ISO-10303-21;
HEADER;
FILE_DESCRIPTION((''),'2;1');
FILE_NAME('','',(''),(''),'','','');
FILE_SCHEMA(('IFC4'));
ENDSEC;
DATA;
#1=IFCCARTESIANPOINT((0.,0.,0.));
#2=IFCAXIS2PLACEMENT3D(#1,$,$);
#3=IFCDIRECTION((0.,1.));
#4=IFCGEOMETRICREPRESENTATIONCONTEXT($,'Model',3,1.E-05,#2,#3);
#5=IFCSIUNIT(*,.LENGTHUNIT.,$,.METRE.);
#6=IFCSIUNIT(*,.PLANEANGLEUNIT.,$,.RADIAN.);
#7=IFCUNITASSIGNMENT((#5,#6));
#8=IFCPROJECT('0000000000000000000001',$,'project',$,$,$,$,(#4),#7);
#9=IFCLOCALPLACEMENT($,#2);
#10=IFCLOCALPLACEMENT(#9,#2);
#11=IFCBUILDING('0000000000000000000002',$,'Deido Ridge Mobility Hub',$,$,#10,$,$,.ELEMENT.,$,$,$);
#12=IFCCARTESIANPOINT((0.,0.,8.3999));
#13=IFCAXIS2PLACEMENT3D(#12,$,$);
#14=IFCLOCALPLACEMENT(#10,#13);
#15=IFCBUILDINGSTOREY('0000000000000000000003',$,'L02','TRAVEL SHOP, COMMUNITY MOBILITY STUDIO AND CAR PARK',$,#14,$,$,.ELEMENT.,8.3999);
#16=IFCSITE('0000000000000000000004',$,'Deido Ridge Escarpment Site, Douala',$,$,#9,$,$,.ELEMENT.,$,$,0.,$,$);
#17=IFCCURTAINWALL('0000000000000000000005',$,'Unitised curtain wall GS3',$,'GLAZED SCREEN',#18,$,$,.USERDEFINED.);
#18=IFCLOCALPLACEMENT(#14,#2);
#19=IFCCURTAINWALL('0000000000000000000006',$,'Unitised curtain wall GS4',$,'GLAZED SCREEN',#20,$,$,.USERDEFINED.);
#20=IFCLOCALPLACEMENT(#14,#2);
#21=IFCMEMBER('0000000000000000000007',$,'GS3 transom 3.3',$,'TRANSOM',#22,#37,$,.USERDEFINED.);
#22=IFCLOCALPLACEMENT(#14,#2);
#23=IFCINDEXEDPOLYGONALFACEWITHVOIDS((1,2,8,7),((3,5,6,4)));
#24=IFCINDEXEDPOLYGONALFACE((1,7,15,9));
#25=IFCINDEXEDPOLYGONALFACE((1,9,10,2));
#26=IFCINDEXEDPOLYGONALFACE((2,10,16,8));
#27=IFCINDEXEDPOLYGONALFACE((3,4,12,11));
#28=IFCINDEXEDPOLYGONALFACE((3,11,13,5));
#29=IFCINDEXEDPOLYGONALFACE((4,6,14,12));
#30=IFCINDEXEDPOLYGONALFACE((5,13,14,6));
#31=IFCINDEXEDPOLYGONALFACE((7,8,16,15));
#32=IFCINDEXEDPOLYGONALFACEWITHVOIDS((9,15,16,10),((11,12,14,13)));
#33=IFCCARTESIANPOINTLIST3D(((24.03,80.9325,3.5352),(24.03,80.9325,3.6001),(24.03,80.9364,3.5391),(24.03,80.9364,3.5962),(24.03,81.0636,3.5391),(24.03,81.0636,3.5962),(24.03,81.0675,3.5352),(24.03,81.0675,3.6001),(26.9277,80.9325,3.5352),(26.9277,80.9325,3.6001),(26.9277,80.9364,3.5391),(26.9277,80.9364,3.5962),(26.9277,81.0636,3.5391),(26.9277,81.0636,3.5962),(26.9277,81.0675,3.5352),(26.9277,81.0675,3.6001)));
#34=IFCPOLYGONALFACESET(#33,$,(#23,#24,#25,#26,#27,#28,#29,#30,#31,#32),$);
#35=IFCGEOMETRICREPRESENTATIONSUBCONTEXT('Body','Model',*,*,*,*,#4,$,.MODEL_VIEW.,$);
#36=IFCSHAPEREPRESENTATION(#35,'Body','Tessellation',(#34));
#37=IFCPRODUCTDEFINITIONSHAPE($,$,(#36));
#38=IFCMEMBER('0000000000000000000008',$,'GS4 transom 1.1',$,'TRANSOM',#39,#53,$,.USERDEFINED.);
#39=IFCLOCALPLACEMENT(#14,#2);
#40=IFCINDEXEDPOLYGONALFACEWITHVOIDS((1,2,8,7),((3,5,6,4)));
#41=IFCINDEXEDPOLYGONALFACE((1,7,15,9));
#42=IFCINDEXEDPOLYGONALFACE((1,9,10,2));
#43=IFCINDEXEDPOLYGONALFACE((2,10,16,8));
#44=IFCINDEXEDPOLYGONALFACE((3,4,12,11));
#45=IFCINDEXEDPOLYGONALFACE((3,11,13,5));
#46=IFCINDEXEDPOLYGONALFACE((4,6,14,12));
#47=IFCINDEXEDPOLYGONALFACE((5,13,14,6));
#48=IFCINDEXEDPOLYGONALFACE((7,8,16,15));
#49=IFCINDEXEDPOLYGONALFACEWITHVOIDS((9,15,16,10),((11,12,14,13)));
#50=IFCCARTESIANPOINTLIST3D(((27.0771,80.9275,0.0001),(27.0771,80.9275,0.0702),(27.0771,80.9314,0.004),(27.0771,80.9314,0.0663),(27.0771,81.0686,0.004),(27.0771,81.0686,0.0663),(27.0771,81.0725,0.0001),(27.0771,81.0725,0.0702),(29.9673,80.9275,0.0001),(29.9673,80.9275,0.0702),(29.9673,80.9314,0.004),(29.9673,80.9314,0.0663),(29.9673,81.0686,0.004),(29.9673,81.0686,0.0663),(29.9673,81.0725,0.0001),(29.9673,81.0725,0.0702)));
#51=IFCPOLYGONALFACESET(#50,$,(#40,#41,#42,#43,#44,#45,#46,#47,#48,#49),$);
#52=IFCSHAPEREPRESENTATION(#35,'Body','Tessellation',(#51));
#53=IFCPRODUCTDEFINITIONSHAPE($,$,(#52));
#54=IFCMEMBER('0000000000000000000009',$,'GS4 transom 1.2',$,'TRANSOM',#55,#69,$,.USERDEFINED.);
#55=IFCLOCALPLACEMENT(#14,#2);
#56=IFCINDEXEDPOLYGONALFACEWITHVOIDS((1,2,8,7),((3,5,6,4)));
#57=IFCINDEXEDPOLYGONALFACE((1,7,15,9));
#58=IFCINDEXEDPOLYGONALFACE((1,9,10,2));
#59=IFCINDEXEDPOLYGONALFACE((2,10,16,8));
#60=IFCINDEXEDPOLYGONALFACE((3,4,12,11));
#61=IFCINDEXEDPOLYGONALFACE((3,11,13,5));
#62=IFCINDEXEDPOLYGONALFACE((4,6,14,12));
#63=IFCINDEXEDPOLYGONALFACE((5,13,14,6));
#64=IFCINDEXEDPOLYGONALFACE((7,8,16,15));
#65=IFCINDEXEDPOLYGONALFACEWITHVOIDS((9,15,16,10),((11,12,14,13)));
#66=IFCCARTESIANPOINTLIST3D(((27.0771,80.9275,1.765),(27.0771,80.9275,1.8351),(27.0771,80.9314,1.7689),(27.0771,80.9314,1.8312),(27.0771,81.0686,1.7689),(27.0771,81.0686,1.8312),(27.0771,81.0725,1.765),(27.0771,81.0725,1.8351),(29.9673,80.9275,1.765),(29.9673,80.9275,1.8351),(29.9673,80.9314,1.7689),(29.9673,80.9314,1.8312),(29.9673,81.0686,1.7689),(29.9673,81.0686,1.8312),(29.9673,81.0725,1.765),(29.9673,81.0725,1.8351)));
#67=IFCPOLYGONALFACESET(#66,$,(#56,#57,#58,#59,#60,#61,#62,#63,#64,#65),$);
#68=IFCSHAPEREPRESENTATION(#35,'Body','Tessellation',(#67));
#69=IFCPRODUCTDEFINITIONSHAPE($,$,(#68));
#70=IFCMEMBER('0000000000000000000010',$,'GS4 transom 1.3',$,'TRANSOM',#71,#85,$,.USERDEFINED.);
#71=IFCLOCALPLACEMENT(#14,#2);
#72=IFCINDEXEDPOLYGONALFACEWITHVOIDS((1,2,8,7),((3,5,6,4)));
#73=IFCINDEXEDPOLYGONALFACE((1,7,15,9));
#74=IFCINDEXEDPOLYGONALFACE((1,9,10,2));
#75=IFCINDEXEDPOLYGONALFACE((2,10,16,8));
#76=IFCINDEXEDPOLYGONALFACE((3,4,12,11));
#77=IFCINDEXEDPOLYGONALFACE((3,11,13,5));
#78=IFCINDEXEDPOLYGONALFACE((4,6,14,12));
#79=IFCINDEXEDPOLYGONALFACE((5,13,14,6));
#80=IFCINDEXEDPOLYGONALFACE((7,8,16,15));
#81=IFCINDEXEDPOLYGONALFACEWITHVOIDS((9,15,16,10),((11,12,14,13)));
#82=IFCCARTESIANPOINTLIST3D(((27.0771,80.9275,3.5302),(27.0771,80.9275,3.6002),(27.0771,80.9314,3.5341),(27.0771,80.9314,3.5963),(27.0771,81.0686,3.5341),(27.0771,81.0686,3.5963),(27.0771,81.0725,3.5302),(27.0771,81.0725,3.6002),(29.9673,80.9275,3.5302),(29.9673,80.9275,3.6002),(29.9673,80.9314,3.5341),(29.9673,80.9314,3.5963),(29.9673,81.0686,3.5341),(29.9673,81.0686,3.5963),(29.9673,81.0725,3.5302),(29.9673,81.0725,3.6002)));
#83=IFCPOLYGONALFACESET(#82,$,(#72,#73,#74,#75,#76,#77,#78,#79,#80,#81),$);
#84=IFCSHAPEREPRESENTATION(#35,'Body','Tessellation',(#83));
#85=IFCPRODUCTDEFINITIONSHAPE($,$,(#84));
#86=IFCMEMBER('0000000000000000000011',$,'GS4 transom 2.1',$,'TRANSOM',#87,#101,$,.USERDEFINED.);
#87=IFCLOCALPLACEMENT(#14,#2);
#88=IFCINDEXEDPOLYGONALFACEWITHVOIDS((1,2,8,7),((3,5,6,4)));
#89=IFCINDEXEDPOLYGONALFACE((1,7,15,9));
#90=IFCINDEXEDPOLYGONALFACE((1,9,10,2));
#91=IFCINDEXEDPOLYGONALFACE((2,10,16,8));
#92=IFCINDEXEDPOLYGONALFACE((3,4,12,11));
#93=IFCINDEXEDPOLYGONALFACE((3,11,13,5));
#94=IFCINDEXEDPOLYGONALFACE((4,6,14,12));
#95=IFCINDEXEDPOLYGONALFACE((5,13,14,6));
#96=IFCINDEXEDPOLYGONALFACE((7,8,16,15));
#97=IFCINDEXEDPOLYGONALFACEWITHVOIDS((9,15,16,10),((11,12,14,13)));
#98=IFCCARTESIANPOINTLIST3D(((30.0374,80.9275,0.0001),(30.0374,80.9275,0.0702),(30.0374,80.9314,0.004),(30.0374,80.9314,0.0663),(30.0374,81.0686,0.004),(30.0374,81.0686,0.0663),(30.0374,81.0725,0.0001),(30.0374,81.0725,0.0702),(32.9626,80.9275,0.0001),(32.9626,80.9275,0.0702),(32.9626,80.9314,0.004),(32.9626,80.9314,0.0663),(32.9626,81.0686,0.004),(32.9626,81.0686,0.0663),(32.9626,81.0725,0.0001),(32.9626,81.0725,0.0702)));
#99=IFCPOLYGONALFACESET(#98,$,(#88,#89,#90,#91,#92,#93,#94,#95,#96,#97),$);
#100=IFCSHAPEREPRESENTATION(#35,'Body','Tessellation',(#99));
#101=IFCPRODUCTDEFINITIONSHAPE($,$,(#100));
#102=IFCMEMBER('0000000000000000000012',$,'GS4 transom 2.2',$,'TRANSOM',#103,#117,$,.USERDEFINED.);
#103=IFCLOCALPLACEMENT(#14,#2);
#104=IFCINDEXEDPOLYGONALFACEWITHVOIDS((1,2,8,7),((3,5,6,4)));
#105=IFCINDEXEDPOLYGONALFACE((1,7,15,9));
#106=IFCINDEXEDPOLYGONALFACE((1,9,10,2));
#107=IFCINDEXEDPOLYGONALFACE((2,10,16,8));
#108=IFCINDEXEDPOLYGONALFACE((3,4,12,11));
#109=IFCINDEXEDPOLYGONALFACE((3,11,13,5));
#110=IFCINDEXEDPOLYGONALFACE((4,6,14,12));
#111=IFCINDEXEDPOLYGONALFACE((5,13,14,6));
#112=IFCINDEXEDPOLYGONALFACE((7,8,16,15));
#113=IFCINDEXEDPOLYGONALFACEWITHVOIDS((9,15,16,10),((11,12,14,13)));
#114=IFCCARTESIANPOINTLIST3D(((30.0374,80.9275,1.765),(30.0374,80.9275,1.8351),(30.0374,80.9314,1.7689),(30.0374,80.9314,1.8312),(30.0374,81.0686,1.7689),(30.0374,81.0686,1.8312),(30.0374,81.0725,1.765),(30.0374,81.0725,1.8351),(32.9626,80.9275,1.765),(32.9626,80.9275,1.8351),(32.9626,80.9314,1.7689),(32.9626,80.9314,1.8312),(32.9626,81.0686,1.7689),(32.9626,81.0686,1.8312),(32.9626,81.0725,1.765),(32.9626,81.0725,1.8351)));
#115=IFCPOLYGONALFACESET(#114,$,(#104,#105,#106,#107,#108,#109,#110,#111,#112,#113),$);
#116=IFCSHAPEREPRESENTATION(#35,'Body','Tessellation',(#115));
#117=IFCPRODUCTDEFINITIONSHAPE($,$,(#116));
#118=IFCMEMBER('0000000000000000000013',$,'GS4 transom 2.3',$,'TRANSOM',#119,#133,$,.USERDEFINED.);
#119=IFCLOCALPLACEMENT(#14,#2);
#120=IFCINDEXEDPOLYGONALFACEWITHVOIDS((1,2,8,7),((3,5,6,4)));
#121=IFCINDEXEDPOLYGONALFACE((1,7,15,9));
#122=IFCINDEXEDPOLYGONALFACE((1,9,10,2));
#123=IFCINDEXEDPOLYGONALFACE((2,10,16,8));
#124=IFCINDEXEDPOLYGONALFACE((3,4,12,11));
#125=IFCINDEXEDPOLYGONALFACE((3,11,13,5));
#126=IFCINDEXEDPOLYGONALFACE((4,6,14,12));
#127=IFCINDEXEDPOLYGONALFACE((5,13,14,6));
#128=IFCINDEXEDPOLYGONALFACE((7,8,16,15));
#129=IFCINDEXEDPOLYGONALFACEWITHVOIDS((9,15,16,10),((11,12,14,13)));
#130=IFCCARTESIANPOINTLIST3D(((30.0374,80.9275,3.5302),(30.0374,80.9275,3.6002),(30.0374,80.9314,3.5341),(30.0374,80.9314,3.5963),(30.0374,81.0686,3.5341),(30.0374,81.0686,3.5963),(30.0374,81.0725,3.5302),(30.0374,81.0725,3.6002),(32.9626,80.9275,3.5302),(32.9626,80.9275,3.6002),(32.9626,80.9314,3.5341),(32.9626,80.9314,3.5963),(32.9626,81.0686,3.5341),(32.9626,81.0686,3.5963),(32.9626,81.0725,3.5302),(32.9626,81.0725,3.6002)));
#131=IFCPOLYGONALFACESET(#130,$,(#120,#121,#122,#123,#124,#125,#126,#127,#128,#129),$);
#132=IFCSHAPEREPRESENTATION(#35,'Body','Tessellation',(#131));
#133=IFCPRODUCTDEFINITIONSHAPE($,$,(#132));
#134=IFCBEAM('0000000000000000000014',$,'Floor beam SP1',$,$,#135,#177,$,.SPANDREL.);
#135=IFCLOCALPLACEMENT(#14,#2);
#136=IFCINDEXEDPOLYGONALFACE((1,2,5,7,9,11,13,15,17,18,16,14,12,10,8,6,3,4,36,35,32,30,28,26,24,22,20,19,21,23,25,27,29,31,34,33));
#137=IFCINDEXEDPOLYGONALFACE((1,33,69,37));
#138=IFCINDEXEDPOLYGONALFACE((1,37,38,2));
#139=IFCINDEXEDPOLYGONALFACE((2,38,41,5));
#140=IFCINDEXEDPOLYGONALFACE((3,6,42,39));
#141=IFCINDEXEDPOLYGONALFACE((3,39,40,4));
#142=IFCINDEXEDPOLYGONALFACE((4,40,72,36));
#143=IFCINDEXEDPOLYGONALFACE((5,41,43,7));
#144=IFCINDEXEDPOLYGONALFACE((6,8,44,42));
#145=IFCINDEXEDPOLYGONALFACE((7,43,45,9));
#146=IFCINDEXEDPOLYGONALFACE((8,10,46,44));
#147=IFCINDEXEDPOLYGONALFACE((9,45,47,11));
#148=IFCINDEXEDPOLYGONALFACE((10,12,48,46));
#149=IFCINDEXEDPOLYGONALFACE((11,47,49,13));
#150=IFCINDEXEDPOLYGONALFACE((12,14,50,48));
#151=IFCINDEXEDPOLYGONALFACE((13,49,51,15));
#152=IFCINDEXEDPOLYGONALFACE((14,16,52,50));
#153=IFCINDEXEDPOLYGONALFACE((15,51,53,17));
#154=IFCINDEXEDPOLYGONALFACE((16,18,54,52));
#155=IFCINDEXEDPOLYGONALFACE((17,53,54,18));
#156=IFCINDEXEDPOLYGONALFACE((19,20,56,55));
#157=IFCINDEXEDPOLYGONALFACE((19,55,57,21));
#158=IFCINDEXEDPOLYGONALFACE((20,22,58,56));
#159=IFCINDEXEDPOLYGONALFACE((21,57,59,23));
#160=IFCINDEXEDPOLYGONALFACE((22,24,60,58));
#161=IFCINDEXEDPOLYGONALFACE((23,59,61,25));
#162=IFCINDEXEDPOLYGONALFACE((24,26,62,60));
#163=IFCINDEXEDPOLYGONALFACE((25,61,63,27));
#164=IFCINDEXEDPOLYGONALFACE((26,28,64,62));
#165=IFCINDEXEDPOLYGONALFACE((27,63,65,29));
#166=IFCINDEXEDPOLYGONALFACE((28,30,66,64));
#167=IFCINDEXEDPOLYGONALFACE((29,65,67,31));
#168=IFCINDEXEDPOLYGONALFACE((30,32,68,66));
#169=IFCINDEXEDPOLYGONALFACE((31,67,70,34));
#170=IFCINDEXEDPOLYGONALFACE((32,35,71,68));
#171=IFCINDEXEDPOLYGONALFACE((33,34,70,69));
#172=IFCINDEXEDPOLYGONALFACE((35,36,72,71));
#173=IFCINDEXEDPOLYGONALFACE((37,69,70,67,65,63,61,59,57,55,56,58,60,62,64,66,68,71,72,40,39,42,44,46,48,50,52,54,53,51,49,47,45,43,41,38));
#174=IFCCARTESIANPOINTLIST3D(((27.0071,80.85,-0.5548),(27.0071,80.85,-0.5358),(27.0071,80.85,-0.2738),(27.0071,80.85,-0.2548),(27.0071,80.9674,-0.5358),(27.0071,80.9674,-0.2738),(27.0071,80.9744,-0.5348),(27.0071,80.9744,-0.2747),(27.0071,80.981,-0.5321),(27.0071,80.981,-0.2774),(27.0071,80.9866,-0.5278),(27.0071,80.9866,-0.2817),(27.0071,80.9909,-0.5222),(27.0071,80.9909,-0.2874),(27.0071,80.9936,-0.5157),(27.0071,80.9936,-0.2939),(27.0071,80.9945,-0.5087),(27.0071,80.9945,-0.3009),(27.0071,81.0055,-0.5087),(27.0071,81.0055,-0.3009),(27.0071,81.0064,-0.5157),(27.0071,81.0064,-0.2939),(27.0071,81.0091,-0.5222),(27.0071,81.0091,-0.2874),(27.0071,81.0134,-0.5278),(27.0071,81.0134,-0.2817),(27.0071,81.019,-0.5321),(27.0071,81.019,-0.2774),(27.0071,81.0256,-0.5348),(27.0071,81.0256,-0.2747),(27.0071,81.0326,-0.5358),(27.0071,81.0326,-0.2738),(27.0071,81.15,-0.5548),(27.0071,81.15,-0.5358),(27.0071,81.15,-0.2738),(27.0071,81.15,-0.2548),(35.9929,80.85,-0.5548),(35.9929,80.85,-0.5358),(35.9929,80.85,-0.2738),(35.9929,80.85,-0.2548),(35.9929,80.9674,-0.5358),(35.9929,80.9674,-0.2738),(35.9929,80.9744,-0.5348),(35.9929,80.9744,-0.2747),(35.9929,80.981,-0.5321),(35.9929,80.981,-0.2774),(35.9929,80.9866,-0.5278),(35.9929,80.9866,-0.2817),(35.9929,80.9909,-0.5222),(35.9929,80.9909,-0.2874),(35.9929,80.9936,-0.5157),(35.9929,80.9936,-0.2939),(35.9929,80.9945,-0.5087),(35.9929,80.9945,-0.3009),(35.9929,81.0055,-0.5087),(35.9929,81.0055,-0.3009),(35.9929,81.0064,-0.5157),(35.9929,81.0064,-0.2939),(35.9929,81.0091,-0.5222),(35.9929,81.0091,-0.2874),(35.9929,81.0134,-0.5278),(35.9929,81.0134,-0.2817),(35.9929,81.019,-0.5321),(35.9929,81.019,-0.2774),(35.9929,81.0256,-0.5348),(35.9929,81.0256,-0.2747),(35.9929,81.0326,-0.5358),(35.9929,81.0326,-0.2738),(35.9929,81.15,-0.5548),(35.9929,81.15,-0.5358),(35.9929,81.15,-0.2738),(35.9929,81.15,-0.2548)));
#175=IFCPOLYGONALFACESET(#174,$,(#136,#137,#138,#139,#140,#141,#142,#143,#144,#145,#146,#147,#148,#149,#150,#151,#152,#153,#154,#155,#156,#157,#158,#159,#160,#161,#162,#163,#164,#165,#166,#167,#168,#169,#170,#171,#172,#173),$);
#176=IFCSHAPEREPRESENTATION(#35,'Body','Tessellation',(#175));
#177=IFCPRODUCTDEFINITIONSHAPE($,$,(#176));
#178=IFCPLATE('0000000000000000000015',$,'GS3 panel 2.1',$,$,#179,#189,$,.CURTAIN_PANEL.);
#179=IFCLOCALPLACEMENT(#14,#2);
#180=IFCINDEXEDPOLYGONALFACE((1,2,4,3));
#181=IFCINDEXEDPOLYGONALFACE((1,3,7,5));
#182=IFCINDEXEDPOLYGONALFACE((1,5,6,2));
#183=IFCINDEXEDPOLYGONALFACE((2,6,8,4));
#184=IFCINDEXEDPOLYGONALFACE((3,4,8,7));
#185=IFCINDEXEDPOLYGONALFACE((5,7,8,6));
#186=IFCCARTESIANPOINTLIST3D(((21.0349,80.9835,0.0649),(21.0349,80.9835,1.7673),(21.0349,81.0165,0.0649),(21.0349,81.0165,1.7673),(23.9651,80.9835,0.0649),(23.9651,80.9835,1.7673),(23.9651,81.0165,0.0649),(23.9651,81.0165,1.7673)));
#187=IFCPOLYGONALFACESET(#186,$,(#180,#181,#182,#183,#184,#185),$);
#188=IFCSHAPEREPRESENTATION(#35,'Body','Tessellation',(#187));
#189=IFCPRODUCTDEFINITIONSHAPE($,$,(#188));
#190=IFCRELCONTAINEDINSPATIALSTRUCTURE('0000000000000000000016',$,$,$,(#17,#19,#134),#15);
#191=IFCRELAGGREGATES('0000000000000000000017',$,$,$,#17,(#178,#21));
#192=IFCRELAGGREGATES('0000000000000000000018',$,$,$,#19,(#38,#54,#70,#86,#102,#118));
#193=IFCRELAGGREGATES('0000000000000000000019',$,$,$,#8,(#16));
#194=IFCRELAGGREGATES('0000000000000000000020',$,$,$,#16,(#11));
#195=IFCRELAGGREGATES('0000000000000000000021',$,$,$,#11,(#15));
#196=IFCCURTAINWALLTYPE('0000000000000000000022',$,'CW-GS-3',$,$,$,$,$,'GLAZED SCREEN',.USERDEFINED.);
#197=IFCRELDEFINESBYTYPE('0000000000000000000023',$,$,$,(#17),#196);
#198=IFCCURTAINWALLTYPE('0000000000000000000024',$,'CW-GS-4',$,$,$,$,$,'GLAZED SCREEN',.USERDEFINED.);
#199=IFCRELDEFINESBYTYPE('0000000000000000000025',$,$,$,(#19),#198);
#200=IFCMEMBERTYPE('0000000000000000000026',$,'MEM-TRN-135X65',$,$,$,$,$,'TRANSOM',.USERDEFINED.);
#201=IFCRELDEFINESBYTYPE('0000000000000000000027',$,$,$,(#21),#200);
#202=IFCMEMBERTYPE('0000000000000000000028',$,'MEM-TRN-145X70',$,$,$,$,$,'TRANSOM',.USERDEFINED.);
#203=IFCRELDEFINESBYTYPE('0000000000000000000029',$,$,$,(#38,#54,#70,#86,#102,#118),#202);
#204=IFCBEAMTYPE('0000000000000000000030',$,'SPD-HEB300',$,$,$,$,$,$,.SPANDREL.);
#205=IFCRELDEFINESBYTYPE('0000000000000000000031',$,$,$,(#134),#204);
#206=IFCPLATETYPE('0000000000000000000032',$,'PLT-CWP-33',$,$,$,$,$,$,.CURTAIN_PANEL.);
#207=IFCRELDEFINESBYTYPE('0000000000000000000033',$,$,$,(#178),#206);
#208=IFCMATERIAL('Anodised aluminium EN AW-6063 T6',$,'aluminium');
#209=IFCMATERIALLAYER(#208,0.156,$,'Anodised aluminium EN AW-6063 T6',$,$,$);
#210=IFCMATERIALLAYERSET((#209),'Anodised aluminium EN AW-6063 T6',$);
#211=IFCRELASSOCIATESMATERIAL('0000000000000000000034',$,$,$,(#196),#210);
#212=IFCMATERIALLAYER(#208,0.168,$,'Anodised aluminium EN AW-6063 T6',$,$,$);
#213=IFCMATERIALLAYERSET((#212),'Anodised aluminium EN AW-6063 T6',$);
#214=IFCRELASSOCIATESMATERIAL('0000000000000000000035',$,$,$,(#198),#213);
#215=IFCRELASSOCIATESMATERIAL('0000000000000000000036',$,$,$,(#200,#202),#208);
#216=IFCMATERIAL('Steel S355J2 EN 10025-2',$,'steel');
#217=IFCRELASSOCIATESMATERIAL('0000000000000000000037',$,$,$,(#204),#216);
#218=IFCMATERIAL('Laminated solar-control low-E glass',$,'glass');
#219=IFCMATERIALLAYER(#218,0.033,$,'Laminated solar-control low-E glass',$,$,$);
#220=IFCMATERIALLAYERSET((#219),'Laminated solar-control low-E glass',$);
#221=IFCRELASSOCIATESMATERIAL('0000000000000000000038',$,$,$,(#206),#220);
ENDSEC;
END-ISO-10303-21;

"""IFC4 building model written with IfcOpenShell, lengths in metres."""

from ifc_helpers import new_model, si_unit, direction, frame, origin, origin_2d, place, context, subcontext, project, spatial, rectangle, hollow_rectangle, i_section, extrude, material, layer, layer_set, material_profile, profile_set, type_object, element, aggregate, save


model = new_model("IFC4")

# Units and contexts
model_context = context("Model", 3, precision=1e-05, world=origin(), true_north=direction((0.0, 1.0)))
body_context = subcontext(model_context, "Body", "Model", "MODEL_VIEW")
ifc_project = project(units=[si_unit("LENGTHUNIT", "METRE"), si_unit("PLANEANGLEUNIT", "RADIAN")], contexts=[model_context])

# Site, building, storey
site_placement = place(None, origin())
site = spatial("IfcSite", under=ifc_project, at=site_placement, Name="Deido Ridge Escarpment Site, Douala", CompositionType="ELEMENT", RefElevation=0.0)
building_placement = place(site_placement, origin())
building = spatial("IfcBuilding", under=site, at=building_placement, Name="Deido Ridge Mobility Hub", CompositionType="ELEMENT")
storey_placement = place(building_placement, frame((0.0, 0.0, 8.3999)))
storey = spatial("IfcBuildingStorey", under=building, at=storey_placement, Name="L02", Description="TRAVEL SHOP, COMMUNITY MOBILITY STUDIO AND CAR PARK", CompositionType="ELEMENT", Elevation=8.3999)

# Shared definitions
ifc_material_1 = material(Name="Steel S355J2 EN 10025-2", Category="steel")

# Curtain walls
ifc_material_2 = material(Name="Anodised aluminium EN AW-6063 T6", Category="aluminium")
ifc_layer_1 = layer(ifc_material_2, 0.156, Name="Anodised aluminium EN AW-6063 T6")
ifc_layer_set_1 = layer_set([ifc_layer_1], Name="Anodised aluminium EN AW-6063 T6")
curtain_wall_type_1 = type_object("IfcCurtainWallType", Name="CW-GS-3", ElementType="GLAZED SCREEN", PredefinedType="USERDEFINED", material=ifc_layer_set_1)
curtain_wall_1_placement = place(storey_placement, origin())
curtain_wall_1 = element("IfcCurtainWall", 1, at=curtain_wall_1_placement, inside=storey, type_object=curtain_wall_type_1, Name="Unitised curtain wall GS3", ObjectType="GLAZED SCREEN", PredefinedType="USERDEFINED")
ifc_layer_2 = layer(ifc_material_2, 0.168, Name="Anodised aluminium EN AW-6063 T6")
ifc_layer_set_2 = layer_set([ifc_layer_2], Name="Anodised aluminium EN AW-6063 T6")
curtain_wall_type_2 = type_object("IfcCurtainWallType", Name="CW-GS-4", ElementType="GLAZED SCREEN", PredefinedType="USERDEFINED", material=ifc_layer_set_2)
curtain_wall_2_placement = place(storey_placement, origin())
curtain_wall_2 = element("IfcCurtainWall", 2, at=curtain_wall_2_placement, inside=storey, type_object=curtain_wall_type_2, Name="Unitised curtain wall GS4", ObjectType="GLAZED SCREEN", PredefinedType="USERDEFINED")

# Members
ifc_material_profile_1 = material_profile(ifc_material_2, hollow_rectangle(XDim=0.135, YDim=0.0649, WallThickness=0.0039, at=origin_2d()), Name="RHS 135x65x4")
ifc_profile_set_1 = profile_set([ifc_material_profile_1], Name="Anodised aluminium EN AW-6063 T6")
member_type_1 = type_object("IfcMemberType", Name="MEM-TRN-135X65", ElementType="TRANSOM", PredefinedType="USERDEFINED", material=ifc_profile_set_1)
member_1_placement = place(storey_placement, frame((24.03, 81.0, 3.5676), z_axis=(1.0, 0.0, 0.0), x_axis=(0.0, 1.0, 0.0)))
member_1 = element("IfcMember", 3, at=member_1_placement, type_object=member_type_1, Name="GS3 transom 3.3", ObjectType="TRANSOM", PredefinedType="USERDEFINED", context=body_context, shape_type="SweptSolid", body=[
    extrude(hollow_rectangle(XDim=0.135, YDim=0.0649, WallThickness=0.0039, at=origin_2d()), origin(), (0.0, 0.0, 1.0), 2.8977),
])
ifc_material_profile_2 = material_profile(ifc_material_2, hollow_rectangle(XDim=0.145, YDim=0.0701, WallThickness=0.0039, at=origin_2d()), Name="RHS 145x70x4")
ifc_profile_set_2 = profile_set([ifc_material_profile_2], Name="Anodised aluminium EN AW-6063 T6")
member_type_2 = type_object("IfcMemberType", Name="MEM-TRN-145X70", ElementType="TRANSOM", PredefinedType="USERDEFINED", material=ifc_profile_set_2)
member_2_placement = place(storey_placement, frame((27.0771, 81.0, 0.0352), z_axis=(1.0, 0.0, 0.0), x_axis=(0.0, 1.0, 0.0)))
member_2 = element("IfcMember", 4, at=member_2_placement, type_object=member_type_2, Name="GS4 transom 1.1", ObjectType="TRANSOM", PredefinedType="USERDEFINED", context=body_context, shape_type="SweptSolid", body=[
    extrude(hollow_rectangle(XDim=0.145, YDim=0.0701, WallThickness=0.0039, at=origin_2d()), origin(), (0.0, 0.0, 1.0), 2.8901),
])
member_3_placement = place(storey_placement, frame((27.0771, 81.0, 1.8), z_axis=(1.0, 0.0, 0.0), x_axis=(0.0, 1.0, 0.0)))
member_3 = element("IfcMember", 5, at=member_3_placement, type_object=member_type_2, Name="GS4 transom 1.2", ObjectType="TRANSOM", PredefinedType="USERDEFINED", context=body_context, shape_type="SweptSolid", body=[
    extrude(hollow_rectangle(XDim=0.145, YDim=0.0701, WallThickness=0.0039, at=origin_2d()), origin(), (0.0, 0.0, 1.0), 2.8901),
])
member_4_placement = place(storey_placement, frame((27.0771, 81.0, 3.5652), z_axis=(1.0, 0.0, 0.0), x_axis=(0.0, 1.0, 0.0)))
member_4 = element("IfcMember", 6, at=member_4_placement, type_object=member_type_2, Name="GS4 transom 1.3", ObjectType="TRANSOM", PredefinedType="USERDEFINED", context=body_context, shape_type="SweptSolid", body=[
    extrude(hollow_rectangle(XDim=0.145, YDim=0.0701, WallThickness=0.0039, at=origin_2d()), origin(), (0.0, 0.0, 1.0), 2.8901),
])
member_5_placement = place(storey_placement, frame((30.0374, 81.0, 0.0352), z_axis=(1.0, 0.0, 0.0), x_axis=(0.0, 1.0, 0.0)))
member_5 = element("IfcMember", 7, at=member_5_placement, type_object=member_type_2, Name="GS4 transom 2.1", ObjectType="TRANSOM", PredefinedType="USERDEFINED", context=body_context, shape_type="SweptSolid", body=[
    extrude(hollow_rectangle(XDim=0.145, YDim=0.0701, WallThickness=0.0039, at=origin_2d()), origin(), (0.0, 0.0, 1.0), 2.9253),
])
member_6_placement = place(storey_placement, frame((30.0374, 81.0, 1.8), z_axis=(1.0, 0.0, 0.0), x_axis=(0.0, 1.0, 0.0)))
member_6 = element("IfcMember", 8, at=member_6_placement, type_object=member_type_2, Name="GS4 transom 2.2", ObjectType="TRANSOM", PredefinedType="USERDEFINED", context=body_context, shape_type="SweptSolid", body=[
    extrude(hollow_rectangle(XDim=0.145, YDim=0.0701, WallThickness=0.0039, at=origin_2d()), origin(), (0.0, 0.0, 1.0), 2.9253),
])
member_7_placement = place(storey_placement, frame((30.0374, 81.0, 3.5652), z_axis=(1.0, 0.0, 0.0), x_axis=(0.0, 1.0, 0.0)))
member_7 = element("IfcMember", 9, at=member_7_placement, type_object=member_type_2, Name="GS4 transom 2.3", ObjectType="TRANSOM", PredefinedType="USERDEFINED", context=body_context, shape_type="SweptSolid", body=[
    extrude(hollow_rectangle(XDim=0.145, YDim=0.0701, WallThickness=0.0039, at=origin_2d()), origin(), (0.0, 0.0, 1.0), 2.9253),
])

# Beam
ifc_material_profile_3 = material_profile(ifc_material_1, i_section(OverallWidth=0.3, OverallDepth=0.3, WebThickness=0.011, FlangeThickness=0.019, FilletRadius=0.0271, at=origin_2d()), Name="HEB 300")
ifc_profile_set_3 = profile_set([ifc_material_profile_3], Name="Steel S355J2 EN 10025-2")
beam_type_1 = type_object("IfcBeamType", Name="SPD-HEB300", PredefinedType="SPANDREL", material=ifc_profile_set_3)
beam_1_placement = place(storey_placement, frame((27.0071, 81.0, -0.4048), z_axis=(1.0, 0.0, 0.0), x_axis=(0.0, 1.0, 0.0)))
element("IfcBeam", 10, at=beam_1_placement, inside=storey, type_object=beam_type_1, Name="Floor beam SP1", PredefinedType="SPANDREL", context=body_context, shape_type="SweptSolid", body=[
    extrude(i_section(OverallWidth=0.3, OverallDepth=0.3, WebThickness=0.011, FlangeThickness=0.019, FilletRadius=0.0271, at=origin_2d()), origin(), (0.0, 0.0, 1.0), 8.9858),
])

# Plate
ifc_material_3 = material(Name="Laminated solar-control low-E glass", Category="glass")
ifc_layer_3 = layer(ifc_material_3, 0.033, Name="Laminated solar-control low-E glass")
ifc_layer_set_3 = layer_set([ifc_layer_3], Name="Laminated solar-control low-E glass")
plate_type_1 = type_object("IfcPlateType", Name="PLT-CWP-33", PredefinedType="CURTAIN_PANEL", material=ifc_layer_set_3)
plate_1_placement = place(storey_placement, frame((22.5, 81.0, 0.0649), z_axis=(0.0, 0.0, 1.0), x_axis=(1.0, 0.0, 0.0)))
plate_1 = element("IfcPlate", 11, at=plate_1_placement, type_object=plate_type_1, Name="GS3 panel 2.1", PredefinedType="CURTAIN_PANEL", context=body_context, shape_type="SweptSolid", body=[
    extrude(rectangle(XDim=2.9302, YDim=0.033, at=origin_2d()), origin(), (0.0, 0.0, 1.0), 1.7024),
])
aggregate(curtain_wall_1, [plate_1, member_1])
aggregate(curtain_wall_2, [member_2, member_3, member_4, member_5, member_6, member_7])

save(model, "model.ifc")
